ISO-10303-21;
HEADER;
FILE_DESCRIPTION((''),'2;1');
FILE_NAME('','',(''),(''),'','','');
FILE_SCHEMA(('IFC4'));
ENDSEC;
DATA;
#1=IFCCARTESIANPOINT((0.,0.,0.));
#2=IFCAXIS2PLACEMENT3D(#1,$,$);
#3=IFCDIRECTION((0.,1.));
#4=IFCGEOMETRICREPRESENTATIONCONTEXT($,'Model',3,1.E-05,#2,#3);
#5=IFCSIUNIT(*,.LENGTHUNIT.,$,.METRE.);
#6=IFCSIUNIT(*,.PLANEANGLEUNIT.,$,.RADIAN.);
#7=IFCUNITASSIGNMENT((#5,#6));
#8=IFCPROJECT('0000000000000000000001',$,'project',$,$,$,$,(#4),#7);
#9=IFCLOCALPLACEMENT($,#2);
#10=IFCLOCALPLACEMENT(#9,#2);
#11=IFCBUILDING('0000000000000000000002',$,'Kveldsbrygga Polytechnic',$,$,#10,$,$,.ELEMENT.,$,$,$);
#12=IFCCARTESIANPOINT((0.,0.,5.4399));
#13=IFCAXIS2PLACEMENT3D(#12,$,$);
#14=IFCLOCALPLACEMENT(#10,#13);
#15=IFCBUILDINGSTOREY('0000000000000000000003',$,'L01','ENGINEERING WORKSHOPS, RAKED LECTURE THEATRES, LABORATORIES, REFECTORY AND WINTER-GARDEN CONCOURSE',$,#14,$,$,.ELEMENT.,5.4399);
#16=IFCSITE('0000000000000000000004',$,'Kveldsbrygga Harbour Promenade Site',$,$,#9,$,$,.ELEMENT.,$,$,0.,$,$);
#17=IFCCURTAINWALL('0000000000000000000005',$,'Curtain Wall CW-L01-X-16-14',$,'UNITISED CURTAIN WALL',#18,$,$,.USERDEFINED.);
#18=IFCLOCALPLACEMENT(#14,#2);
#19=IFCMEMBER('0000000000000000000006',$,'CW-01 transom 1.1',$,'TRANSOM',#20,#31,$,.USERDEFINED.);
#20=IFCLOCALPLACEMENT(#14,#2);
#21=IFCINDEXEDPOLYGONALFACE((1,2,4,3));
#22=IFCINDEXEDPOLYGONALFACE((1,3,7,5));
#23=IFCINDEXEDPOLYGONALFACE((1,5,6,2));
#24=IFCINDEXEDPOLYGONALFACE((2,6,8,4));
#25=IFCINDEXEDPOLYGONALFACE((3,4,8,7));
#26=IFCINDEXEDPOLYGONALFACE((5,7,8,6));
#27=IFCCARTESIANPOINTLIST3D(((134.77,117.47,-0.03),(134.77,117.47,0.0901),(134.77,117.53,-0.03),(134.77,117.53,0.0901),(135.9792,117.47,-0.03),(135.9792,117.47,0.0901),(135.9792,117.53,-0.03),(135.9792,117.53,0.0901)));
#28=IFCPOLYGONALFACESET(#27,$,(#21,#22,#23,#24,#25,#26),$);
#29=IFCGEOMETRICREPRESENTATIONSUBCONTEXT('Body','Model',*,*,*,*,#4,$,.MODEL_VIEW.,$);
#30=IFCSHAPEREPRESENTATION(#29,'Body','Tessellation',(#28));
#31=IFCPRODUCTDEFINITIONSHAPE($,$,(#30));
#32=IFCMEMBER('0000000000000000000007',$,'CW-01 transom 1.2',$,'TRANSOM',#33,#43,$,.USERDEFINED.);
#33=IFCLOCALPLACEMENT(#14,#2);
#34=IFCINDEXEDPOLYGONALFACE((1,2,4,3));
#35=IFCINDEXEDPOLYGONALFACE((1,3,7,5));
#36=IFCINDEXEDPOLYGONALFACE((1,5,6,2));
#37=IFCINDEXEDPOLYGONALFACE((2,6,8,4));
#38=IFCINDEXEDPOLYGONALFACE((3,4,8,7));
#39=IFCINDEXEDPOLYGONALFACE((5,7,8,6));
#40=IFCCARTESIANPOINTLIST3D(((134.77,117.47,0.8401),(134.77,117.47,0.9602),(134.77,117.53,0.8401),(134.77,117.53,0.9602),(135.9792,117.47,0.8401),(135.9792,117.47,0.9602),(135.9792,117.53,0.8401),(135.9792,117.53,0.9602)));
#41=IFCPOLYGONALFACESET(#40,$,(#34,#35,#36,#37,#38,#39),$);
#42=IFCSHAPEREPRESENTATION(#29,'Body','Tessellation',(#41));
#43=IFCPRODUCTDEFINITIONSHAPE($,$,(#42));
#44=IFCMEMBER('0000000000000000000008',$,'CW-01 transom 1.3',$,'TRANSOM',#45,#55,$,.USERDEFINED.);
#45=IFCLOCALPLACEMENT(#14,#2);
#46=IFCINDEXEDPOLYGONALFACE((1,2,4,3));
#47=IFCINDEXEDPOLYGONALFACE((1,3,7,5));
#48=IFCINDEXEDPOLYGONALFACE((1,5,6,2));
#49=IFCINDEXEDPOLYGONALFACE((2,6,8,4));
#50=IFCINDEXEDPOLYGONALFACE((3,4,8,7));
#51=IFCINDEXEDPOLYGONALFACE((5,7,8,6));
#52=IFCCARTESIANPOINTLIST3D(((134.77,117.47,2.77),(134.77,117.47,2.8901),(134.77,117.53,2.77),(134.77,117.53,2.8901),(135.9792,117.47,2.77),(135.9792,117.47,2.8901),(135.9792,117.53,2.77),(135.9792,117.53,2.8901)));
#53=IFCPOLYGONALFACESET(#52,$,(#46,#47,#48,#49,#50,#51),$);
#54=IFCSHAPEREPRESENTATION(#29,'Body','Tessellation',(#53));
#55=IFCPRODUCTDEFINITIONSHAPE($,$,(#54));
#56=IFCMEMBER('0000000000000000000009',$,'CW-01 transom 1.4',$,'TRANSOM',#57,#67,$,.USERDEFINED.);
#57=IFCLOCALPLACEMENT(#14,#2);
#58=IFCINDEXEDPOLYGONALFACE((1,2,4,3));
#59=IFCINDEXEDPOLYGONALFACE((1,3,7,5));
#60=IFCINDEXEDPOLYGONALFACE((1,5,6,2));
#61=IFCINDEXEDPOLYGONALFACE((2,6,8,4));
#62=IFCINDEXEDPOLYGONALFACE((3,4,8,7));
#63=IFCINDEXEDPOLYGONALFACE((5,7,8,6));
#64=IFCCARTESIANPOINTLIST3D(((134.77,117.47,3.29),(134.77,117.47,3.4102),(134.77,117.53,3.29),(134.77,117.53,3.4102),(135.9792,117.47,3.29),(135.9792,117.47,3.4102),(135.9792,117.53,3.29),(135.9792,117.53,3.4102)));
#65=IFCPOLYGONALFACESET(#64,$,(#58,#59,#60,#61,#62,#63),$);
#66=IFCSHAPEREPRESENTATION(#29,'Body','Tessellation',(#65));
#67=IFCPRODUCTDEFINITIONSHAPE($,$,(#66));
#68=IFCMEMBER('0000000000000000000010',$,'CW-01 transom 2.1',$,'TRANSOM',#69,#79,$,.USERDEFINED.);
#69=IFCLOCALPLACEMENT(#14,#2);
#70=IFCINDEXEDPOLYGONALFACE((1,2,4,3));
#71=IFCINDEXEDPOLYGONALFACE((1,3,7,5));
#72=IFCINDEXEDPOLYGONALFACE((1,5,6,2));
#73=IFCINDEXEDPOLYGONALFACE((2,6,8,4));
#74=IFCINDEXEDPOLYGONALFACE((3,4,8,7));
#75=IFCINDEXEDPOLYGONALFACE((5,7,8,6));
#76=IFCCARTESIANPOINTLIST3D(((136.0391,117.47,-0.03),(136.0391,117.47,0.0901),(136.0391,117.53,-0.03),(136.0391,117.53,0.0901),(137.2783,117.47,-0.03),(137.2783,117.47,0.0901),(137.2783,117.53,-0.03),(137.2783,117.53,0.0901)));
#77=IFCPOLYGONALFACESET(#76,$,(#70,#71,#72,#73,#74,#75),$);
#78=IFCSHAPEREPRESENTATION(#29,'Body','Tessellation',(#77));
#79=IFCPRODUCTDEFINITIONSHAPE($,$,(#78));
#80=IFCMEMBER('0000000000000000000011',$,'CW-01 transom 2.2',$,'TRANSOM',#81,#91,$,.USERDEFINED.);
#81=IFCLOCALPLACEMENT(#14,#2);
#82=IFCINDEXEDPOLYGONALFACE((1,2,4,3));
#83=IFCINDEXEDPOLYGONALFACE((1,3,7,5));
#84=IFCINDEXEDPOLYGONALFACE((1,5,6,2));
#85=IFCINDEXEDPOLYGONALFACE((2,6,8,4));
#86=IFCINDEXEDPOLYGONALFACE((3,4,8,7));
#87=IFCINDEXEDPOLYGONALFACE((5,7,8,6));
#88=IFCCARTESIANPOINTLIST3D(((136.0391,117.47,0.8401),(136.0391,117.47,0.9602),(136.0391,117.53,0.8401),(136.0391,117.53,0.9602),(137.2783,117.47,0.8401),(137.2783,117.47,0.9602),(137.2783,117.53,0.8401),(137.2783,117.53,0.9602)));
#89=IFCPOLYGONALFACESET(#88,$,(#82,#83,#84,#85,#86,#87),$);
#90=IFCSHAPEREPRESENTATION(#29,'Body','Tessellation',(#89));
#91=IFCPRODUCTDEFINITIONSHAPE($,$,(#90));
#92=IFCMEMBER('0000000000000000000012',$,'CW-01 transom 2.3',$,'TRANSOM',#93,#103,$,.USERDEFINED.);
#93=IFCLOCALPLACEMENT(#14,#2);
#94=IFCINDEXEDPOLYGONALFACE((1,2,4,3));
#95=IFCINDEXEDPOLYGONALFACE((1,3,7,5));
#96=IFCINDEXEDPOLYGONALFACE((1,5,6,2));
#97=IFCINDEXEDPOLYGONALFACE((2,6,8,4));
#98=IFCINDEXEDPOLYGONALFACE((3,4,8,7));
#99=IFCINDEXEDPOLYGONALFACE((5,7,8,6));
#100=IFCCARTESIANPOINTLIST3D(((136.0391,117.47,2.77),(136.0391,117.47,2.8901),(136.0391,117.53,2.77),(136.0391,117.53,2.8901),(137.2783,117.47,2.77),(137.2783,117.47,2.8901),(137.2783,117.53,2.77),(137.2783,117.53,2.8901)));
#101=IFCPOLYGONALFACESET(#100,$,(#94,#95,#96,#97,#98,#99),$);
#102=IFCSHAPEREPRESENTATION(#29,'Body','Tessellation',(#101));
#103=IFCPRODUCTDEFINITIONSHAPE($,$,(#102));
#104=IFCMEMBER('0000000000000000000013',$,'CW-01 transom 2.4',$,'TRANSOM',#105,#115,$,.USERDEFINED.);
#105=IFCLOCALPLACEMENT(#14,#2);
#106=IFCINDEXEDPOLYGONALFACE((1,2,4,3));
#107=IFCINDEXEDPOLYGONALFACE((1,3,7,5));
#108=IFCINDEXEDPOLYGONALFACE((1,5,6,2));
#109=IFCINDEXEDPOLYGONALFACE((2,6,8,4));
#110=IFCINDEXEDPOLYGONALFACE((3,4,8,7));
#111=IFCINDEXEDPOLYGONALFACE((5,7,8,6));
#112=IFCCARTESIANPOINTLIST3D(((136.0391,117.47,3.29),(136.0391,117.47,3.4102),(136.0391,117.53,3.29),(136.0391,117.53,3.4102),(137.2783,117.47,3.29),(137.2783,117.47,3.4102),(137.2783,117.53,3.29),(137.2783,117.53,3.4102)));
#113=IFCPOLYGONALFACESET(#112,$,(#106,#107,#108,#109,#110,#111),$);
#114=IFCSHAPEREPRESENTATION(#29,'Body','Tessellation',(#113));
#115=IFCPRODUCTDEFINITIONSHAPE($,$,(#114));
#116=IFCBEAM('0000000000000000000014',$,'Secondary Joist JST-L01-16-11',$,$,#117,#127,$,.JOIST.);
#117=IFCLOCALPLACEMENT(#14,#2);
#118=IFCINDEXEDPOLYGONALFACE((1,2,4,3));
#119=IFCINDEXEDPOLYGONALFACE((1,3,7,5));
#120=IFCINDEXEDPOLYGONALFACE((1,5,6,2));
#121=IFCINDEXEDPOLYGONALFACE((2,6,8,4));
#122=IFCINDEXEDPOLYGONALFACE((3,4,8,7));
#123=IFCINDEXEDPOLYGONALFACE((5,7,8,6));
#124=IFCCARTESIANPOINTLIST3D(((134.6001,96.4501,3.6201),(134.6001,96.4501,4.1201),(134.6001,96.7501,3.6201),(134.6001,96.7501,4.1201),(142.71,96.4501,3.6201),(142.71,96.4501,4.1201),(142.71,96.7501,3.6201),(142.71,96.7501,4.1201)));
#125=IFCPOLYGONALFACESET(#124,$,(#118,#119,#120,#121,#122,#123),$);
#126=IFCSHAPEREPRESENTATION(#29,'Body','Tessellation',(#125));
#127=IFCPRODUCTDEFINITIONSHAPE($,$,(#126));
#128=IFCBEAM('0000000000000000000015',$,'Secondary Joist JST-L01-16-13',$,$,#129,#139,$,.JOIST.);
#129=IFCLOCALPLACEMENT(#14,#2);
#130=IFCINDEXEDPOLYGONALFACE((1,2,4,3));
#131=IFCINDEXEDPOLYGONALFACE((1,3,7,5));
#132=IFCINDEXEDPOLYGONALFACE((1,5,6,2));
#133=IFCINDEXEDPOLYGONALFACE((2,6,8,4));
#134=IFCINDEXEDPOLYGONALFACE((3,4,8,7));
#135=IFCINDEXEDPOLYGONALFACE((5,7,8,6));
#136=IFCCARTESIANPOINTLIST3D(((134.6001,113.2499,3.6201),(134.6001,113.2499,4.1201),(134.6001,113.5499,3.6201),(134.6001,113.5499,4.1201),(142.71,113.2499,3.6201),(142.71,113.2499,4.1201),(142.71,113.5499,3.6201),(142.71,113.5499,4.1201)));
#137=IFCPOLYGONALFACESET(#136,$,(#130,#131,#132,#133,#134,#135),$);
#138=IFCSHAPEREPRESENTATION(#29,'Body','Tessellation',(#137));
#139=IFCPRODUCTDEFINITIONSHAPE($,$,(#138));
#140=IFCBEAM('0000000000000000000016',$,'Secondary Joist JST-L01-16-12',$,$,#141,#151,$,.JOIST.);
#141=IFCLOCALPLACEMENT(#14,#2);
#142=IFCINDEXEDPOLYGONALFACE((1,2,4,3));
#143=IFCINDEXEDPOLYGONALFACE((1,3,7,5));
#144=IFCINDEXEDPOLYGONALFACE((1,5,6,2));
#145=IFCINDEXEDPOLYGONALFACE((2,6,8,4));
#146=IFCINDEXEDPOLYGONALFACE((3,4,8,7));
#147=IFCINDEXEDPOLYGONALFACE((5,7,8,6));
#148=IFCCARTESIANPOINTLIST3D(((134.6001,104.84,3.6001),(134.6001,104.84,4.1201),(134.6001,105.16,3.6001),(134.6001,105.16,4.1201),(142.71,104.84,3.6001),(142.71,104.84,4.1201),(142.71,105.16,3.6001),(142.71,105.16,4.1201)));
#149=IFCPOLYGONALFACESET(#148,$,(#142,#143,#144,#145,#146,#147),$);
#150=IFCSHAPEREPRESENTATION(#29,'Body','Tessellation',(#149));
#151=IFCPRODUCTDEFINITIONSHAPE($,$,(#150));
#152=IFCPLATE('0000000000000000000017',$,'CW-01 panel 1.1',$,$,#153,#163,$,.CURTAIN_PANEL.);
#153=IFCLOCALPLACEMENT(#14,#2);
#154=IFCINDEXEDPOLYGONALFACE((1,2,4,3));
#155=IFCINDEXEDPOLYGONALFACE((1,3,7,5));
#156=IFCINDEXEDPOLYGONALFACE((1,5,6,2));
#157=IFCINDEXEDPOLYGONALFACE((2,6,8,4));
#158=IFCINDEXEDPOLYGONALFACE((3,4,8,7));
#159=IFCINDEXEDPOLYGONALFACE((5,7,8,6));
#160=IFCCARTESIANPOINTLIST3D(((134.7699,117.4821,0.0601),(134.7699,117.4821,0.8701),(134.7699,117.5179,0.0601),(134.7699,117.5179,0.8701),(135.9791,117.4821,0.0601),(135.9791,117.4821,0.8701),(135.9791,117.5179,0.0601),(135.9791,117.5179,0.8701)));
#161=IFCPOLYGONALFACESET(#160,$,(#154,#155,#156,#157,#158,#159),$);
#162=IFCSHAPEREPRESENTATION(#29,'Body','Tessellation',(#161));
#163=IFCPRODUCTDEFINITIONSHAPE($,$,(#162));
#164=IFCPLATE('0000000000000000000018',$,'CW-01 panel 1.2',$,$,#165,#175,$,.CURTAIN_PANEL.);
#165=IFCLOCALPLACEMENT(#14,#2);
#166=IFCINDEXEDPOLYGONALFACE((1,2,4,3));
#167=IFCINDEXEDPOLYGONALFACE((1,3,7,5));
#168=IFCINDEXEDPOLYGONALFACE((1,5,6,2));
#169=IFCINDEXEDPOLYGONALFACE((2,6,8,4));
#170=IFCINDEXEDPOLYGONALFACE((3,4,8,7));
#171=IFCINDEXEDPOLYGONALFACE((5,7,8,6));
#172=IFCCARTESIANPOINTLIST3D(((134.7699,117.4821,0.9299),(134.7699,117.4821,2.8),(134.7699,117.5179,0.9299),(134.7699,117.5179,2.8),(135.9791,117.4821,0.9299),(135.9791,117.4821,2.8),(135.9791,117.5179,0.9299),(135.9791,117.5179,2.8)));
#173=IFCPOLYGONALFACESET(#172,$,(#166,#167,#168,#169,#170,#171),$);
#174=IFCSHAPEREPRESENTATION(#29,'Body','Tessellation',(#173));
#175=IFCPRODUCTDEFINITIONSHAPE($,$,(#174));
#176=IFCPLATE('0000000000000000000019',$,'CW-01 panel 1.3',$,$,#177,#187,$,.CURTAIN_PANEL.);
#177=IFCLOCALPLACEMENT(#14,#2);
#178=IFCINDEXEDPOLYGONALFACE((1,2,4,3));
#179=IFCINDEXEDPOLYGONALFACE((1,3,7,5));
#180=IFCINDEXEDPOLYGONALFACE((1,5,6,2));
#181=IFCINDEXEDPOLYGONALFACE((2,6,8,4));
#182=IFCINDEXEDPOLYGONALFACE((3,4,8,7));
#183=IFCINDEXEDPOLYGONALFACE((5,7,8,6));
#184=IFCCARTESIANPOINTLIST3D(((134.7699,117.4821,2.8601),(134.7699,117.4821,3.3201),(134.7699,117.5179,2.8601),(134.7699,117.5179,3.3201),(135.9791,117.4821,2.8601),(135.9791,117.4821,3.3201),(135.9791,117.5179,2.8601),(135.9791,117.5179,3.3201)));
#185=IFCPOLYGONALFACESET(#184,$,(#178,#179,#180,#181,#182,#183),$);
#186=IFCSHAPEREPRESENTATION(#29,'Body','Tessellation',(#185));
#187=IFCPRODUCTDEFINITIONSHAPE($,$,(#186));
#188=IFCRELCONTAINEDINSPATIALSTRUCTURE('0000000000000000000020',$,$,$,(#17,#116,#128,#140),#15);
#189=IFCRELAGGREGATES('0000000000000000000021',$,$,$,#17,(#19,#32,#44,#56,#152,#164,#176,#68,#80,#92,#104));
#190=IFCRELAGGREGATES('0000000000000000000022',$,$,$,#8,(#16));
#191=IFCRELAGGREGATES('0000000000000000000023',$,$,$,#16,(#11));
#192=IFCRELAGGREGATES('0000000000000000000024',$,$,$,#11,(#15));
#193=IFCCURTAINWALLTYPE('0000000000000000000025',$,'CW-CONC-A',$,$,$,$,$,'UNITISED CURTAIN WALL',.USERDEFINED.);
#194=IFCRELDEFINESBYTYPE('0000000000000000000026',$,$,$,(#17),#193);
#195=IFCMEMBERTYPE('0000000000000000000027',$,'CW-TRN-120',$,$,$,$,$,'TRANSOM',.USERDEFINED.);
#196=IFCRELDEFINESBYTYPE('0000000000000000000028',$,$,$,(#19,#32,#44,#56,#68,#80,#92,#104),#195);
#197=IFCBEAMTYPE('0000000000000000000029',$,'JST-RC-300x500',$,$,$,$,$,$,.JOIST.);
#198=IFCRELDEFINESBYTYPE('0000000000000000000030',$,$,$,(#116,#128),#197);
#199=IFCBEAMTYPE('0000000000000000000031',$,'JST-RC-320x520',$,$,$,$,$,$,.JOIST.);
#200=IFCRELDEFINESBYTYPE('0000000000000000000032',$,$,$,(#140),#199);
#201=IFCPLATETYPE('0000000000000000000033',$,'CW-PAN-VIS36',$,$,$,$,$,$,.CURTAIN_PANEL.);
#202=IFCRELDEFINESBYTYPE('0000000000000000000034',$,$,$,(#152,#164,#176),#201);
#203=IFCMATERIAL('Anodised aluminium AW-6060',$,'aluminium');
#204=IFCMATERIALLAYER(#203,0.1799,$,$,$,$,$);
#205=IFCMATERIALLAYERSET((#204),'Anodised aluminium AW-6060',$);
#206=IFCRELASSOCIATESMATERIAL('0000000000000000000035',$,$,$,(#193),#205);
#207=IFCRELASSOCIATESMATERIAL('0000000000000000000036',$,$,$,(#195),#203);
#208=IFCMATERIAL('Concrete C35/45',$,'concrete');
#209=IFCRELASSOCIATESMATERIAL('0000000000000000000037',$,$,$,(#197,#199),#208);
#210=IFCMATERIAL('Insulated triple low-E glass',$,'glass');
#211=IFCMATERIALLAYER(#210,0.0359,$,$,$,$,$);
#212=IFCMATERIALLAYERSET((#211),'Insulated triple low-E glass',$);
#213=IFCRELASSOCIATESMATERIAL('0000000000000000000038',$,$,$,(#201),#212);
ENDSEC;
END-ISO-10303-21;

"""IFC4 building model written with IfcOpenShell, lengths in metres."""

from ifc_helpers import new_model, si_unit, direction, frame, origin, origin_2d, place, context, subcontext, project, spatial, rectangle, extrude, material, layer, layer_set, material_profile, profile_set, type_object, element, aggregate, save


model = new_model("IFC4")

# Units and contexts
model_context = context("Model", 3, precision=1e-05, world=origin(), true_north=direction((0.0, 1.0)))
body_context = subcontext(model_context, "Body", "Model", "MODEL_VIEW")
ifc_project = project(units=[si_unit("LENGTHUNIT", "METRE"), si_unit("PLANEANGLEUNIT", "RADIAN")], contexts=[model_context])

# Site, building, storey
site_placement = place(None, origin())
site = spatial("IfcSite", under=ifc_project, at=site_placement, Name="Kveldsbrygga Harbour Promenade Site", CompositionType="ELEMENT", RefElevation=0.0)
building_placement = place(site_placement, origin())
building = spatial("IfcBuilding", under=site, at=building_placement, Name="Kveldsbrygga Polytechnic", CompositionType="ELEMENT")
storey_placement = place(building_placement, frame((0.0, 0.0, 5.4399)))
storey = spatial("IfcBuildingStorey", under=building, at=storey_placement, Name="L01", Description="ENGINEERING WORKSHOPS, RAKED LECTURE THEATRES, LABORATORIES, REFECTORY AND WINTER-GARDEN CONCOURSE", CompositionType="ELEMENT", Elevation=5.4399)

# Shared definitions
ifc_material_1 = material(Name="Concrete C35/45", Category="concrete")

# Curtain wall, members
ifc_material_2 = material(Name="Anodised aluminium AW-6060", Category="aluminium")
ifc_layer_1 = layer(ifc_material_2, 0.1799)
ifc_layer_set_1 = layer_set([ifc_layer_1], Name="Anodised aluminium AW-6060")
curtain_wall_type = type_object("IfcCurtainWallType", Name="CW-CONC-A", ElementType="UNITISED CURTAIN WALL", PredefinedType="USERDEFINED", material=ifc_layer_set_1)
curtain_wall_placement = place(storey_placement, origin())
curtain_wall = element("IfcCurtainWall", 1, at=curtain_wall_placement, inside=storey, type_object=curtain_wall_type, Name="Curtain Wall CW-L01-X-16-14", ObjectType="UNITISED CURTAIN WALL", PredefinedType="USERDEFINED")
ifc_material_profile_1 = material_profile(ifc_material_2, rectangle(XDim=0.0601, YDim=0.1201, at=origin_2d()), Name="ALU 60x120")
ifc_profile_set_1 = profile_set([ifc_material_profile_1], Name="Anodised aluminium AW-6060")
member_type_1 = type_object("IfcMemberType", Name="CW-TRN-120", ElementType="TRANSOM", PredefinedType="USERDEFINED", material=ifc_profile_set_1)
member_1_placement = place(storey_placement, frame((134.77, 117.5, 0.03), z_axis=(1.0, 0.0, 0.0), x_axis=(0.0, 1.0, 0.0)))
member_1 = element("IfcMember", 2, at=member_1_placement, type_object=member_type_1, Name="CW-01 transom 1.1", ObjectType="TRANSOM", PredefinedType="USERDEFINED", context=body_context, shape_type="SweptSolid", body=[
    extrude(rectangle(XDim=0.0601, YDim=0.1201, at=origin_2d()), origin(), (0.0, 0.0, 1.0), 1.2092),
])
member_2_placement = place(storey_placement, frame((134.77, 117.5, 0.9001), z_axis=(1.0, 0.0, 0.0), x_axis=(0.0, 1.0, 0.0)))
member_2 = element("IfcMember", 3, at=member_2_placement, type_object=member_type_1, Name="CW-01 transom 1.2", ObjectType="TRANSOM", PredefinedType="USERDEFINED", context=body_context, shape_type="SweptSolid", body=[
    extrude(rectangle(XDim=0.0601, YDim=0.1201, at=origin_2d()), origin(), (0.0, 0.0, 1.0), 1.2092),
])
member_3_placement = place(storey_placement, frame((134.77, 117.5, 2.8301), z_axis=(1.0, 0.0, 0.0), x_axis=(0.0, 1.0, 0.0)))
member_3 = element("IfcMember", 4, at=member_3_placement, type_object=member_type_1, Name="CW-01 transom 1.3", ObjectType="TRANSOM", PredefinedType="USERDEFINED", context=body_context, shape_type="SweptSolid", body=[
    extrude(rectangle(XDim=0.0601, YDim=0.1201, at=origin_2d()), origin(), (0.0, 0.0, 1.0), 1.2092),
])
member_4_placement = place(storey_placement, frame((134.77, 117.5, 3.3501), z_axis=(1.0, 0.0, 0.0), x_axis=(0.0, 1.0, 0.0)))
member_4 = element("IfcMember", 5, at=member_4_placement, type_object=member_type_1, Name="CW-01 transom 1.4", ObjectType="TRANSOM", PredefinedType="USERDEFINED", context=body_context, shape_type="SweptSolid", body=[
    extrude(rectangle(XDim=0.0601, YDim=0.1201, at=origin_2d()), origin(), (0.0, 0.0, 1.0), 1.2092),
])
member_5_placement = place(storey_placement, frame((136.0391, 117.5, 0.03), z_axis=(1.0, 0.0, 0.0), x_axis=(0.0, 1.0, 0.0)))
member_5 = element("IfcMember", 6, at=member_5_placement, type_object=member_type_1, Name="CW-01 transom 2.1", ObjectType="TRANSOM", PredefinedType="USERDEFINED", context=body_context, shape_type="SweptSolid", body=[
    extrude(rectangle(XDim=0.0601, YDim=0.1201, at=origin_2d()), origin(), (0.0, 0.0, 1.0), 1.2393),
])
member_6_placement = place(storey_placement, frame((136.0391, 117.5, 0.9001), z_axis=(1.0, 0.0, 0.0), x_axis=(0.0, 1.0, 0.0)))
member_6 = element("IfcMember", 7, at=member_6_placement, type_object=member_type_1, Name="CW-01 transom 2.2", ObjectType="TRANSOM", PredefinedType="USERDEFINED", context=body_context, shape_type="SweptSolid", body=[
    extrude(rectangle(XDim=0.0601, YDim=0.1201, at=origin_2d()), origin(), (0.0, 0.0, 1.0), 1.2393),
])
member_7_placement = place(storey_placement, frame((136.0391, 117.5, 2.8301), z_axis=(1.0, 0.0, 0.0), x_axis=(0.0, 1.0, 0.0)))
member_7 = element("IfcMember", 8, at=member_7_placement, type_object=member_type_1, Name="CW-01 transom 2.3", ObjectType="TRANSOM", PredefinedType="USERDEFINED", context=body_context, shape_type="SweptSolid", body=[
    extrude(rectangle(XDim=0.0601, YDim=0.1201, at=origin_2d()), origin(), (0.0, 0.0, 1.0), 1.2393),
])
member_8_placement = place(storey_placement, frame((136.0391, 117.5, 3.3501), z_axis=(1.0, 0.0, 0.0), x_axis=(0.0, 1.0, 0.0)))
member_8 = element("IfcMember", 9, at=member_8_placement, type_object=member_type_1, Name="CW-01 transom 2.4", ObjectType="TRANSOM", PredefinedType="USERDEFINED", context=body_context, shape_type="SweptSolid", body=[
    extrude(rectangle(XDim=0.0601, YDim=0.1201, at=origin_2d()), origin(), (0.0, 0.0, 1.0), 1.2393),
])

# Beams
ifc_material_profile_2 = material_profile(ifc_material_1, rectangle(XDim=0.3, YDim=0.5, at=origin_2d()), Name="RC 300x500")
ifc_profile_set_2 = profile_set([ifc_material_profile_2], Name="Concrete C35/45")
beam_type_1 = type_object("IfcBeamType", Name="JST-RC-300x500", PredefinedType="JOIST", material=ifc_profile_set_2)
for number, where, z_axis, x_axis, name in (
    (10, (134.6001, 96.6001, 3.8701), (1.0, 0.0, 0.0), (0.0, 1.0, 0.0), "Secondary Joist JST-L01-16-11"),
    (11, (134.6001, 113.3999, 3.8701), (1.0, 0.0, 0.0), (0.0, 1.0, 0.0), "Secondary Joist JST-L01-16-13"),
):
    element("IfcBeam", number, at=place(storey_placement, frame(where, z_axis=z_axis, x_axis=x_axis)), inside=storey, type_object=beam_type_1, Name=name, PredefinedType="JOIST", context=body_context, shape_type="SweptSolid", body=[
        extrude(rectangle(XDim=0.3, YDim=0.5, at=origin_2d()), origin(), (0.0, 0.0, 1.0), 8.1099),
    ])
ifc_material_profile_3 = material_profile(ifc_material_1, rectangle(XDim=0.3201, YDim=0.52, at=origin_2d()), Name="RC 320x520")
ifc_profile_set_3 = profile_set([ifc_material_profile_3], Name="Concrete C35/45")
beam_type_2 = type_object("IfcBeamType", Name="JST-RC-320x520", PredefinedType="JOIST", material=ifc_profile_set_3)
beam_1_placement = place(storey_placement, frame((134.6001, 105.0, 3.8601), z_axis=(1.0, 0.0, 0.0), x_axis=(0.0, 1.0, 0.0)))
element("IfcBeam", 12, at=beam_1_placement, inside=storey, type_object=beam_type_2, Name="Secondary Joist JST-L01-16-12", PredefinedType="JOIST", context=body_context, shape_type="SweptSolid", body=[
    extrude(rectangle(XDim=0.3201, YDim=0.52, at=origin_2d()), origin(), (0.0, 0.0, 1.0), 8.1099),
])

# Plates
ifc_material_3 = material(Name="Insulated triple low-E glass", Category="glass")
ifc_layer_2 = layer(ifc_material_3, 0.0359)
ifc_layer_set_2 = layer_set([ifc_layer_2], Name="Insulated triple low-E glass")
plate_type = type_object("IfcPlateType", Name="CW-PAN-VIS36", PredefinedType="CURTAIN_PANEL", material=ifc_layer_set_2)
plate_1_placement = place(storey_placement, frame((135.3745, 117.5, 0.0601), z_axis=(0.0, 0.0, 1.0), x_axis=(1.0, 0.0, 0.0)))
plate_1 = element("IfcPlate", 13, at=plate_1_placement, type_object=plate_type, Name="CW-01 panel 1.1", PredefinedType="CURTAIN_PANEL", context=body_context, shape_type="SweptSolid", body=[
    extrude(rectangle(XDim=1.2092, YDim=0.0359, at=origin_2d()), origin(), (0.0, 0.0, 1.0), 0.8101),
])
plate_2_placement = place(storey_placement, frame((135.3745, 117.5, 0.9299), z_axis=(0.0, 0.0, 1.0), x_axis=(1.0, 0.0, 0.0)))
plate_2 = element("IfcPlate", 14, at=plate_2_placement, type_object=plate_type, Name="CW-01 panel 1.2", PredefinedType="CURTAIN_PANEL", context=body_context, shape_type="SweptSolid", body=[
    extrude(rectangle(XDim=1.2092, YDim=0.0359, at=origin_2d()), origin(), (0.0, 0.0, 1.0), 1.8701),
])
plate_3_placement = place(storey_placement, frame((135.3745, 117.5, 2.8601), z_axis=(0.0, 0.0, 1.0), x_axis=(1.0, 0.0, 0.0)))
plate_3 = element("IfcPlate", 15, at=plate_3_placement, type_object=plate_type, Name="CW-01 panel 1.3", PredefinedType="CURTAIN_PANEL", context=body_context, shape_type="SweptSolid", body=[
    extrude(rectangle(XDim=1.2092, YDim=0.0359, at=origin_2d()), origin(), (0.0, 0.0, 1.0), 0.46),
])
aggregate(curtain_wall, [member_1, member_2, member_3, member_4, plate_1, plate_2, plate_3, member_5, member_6, member_7, member_8])

save(model, "model.ifc")
